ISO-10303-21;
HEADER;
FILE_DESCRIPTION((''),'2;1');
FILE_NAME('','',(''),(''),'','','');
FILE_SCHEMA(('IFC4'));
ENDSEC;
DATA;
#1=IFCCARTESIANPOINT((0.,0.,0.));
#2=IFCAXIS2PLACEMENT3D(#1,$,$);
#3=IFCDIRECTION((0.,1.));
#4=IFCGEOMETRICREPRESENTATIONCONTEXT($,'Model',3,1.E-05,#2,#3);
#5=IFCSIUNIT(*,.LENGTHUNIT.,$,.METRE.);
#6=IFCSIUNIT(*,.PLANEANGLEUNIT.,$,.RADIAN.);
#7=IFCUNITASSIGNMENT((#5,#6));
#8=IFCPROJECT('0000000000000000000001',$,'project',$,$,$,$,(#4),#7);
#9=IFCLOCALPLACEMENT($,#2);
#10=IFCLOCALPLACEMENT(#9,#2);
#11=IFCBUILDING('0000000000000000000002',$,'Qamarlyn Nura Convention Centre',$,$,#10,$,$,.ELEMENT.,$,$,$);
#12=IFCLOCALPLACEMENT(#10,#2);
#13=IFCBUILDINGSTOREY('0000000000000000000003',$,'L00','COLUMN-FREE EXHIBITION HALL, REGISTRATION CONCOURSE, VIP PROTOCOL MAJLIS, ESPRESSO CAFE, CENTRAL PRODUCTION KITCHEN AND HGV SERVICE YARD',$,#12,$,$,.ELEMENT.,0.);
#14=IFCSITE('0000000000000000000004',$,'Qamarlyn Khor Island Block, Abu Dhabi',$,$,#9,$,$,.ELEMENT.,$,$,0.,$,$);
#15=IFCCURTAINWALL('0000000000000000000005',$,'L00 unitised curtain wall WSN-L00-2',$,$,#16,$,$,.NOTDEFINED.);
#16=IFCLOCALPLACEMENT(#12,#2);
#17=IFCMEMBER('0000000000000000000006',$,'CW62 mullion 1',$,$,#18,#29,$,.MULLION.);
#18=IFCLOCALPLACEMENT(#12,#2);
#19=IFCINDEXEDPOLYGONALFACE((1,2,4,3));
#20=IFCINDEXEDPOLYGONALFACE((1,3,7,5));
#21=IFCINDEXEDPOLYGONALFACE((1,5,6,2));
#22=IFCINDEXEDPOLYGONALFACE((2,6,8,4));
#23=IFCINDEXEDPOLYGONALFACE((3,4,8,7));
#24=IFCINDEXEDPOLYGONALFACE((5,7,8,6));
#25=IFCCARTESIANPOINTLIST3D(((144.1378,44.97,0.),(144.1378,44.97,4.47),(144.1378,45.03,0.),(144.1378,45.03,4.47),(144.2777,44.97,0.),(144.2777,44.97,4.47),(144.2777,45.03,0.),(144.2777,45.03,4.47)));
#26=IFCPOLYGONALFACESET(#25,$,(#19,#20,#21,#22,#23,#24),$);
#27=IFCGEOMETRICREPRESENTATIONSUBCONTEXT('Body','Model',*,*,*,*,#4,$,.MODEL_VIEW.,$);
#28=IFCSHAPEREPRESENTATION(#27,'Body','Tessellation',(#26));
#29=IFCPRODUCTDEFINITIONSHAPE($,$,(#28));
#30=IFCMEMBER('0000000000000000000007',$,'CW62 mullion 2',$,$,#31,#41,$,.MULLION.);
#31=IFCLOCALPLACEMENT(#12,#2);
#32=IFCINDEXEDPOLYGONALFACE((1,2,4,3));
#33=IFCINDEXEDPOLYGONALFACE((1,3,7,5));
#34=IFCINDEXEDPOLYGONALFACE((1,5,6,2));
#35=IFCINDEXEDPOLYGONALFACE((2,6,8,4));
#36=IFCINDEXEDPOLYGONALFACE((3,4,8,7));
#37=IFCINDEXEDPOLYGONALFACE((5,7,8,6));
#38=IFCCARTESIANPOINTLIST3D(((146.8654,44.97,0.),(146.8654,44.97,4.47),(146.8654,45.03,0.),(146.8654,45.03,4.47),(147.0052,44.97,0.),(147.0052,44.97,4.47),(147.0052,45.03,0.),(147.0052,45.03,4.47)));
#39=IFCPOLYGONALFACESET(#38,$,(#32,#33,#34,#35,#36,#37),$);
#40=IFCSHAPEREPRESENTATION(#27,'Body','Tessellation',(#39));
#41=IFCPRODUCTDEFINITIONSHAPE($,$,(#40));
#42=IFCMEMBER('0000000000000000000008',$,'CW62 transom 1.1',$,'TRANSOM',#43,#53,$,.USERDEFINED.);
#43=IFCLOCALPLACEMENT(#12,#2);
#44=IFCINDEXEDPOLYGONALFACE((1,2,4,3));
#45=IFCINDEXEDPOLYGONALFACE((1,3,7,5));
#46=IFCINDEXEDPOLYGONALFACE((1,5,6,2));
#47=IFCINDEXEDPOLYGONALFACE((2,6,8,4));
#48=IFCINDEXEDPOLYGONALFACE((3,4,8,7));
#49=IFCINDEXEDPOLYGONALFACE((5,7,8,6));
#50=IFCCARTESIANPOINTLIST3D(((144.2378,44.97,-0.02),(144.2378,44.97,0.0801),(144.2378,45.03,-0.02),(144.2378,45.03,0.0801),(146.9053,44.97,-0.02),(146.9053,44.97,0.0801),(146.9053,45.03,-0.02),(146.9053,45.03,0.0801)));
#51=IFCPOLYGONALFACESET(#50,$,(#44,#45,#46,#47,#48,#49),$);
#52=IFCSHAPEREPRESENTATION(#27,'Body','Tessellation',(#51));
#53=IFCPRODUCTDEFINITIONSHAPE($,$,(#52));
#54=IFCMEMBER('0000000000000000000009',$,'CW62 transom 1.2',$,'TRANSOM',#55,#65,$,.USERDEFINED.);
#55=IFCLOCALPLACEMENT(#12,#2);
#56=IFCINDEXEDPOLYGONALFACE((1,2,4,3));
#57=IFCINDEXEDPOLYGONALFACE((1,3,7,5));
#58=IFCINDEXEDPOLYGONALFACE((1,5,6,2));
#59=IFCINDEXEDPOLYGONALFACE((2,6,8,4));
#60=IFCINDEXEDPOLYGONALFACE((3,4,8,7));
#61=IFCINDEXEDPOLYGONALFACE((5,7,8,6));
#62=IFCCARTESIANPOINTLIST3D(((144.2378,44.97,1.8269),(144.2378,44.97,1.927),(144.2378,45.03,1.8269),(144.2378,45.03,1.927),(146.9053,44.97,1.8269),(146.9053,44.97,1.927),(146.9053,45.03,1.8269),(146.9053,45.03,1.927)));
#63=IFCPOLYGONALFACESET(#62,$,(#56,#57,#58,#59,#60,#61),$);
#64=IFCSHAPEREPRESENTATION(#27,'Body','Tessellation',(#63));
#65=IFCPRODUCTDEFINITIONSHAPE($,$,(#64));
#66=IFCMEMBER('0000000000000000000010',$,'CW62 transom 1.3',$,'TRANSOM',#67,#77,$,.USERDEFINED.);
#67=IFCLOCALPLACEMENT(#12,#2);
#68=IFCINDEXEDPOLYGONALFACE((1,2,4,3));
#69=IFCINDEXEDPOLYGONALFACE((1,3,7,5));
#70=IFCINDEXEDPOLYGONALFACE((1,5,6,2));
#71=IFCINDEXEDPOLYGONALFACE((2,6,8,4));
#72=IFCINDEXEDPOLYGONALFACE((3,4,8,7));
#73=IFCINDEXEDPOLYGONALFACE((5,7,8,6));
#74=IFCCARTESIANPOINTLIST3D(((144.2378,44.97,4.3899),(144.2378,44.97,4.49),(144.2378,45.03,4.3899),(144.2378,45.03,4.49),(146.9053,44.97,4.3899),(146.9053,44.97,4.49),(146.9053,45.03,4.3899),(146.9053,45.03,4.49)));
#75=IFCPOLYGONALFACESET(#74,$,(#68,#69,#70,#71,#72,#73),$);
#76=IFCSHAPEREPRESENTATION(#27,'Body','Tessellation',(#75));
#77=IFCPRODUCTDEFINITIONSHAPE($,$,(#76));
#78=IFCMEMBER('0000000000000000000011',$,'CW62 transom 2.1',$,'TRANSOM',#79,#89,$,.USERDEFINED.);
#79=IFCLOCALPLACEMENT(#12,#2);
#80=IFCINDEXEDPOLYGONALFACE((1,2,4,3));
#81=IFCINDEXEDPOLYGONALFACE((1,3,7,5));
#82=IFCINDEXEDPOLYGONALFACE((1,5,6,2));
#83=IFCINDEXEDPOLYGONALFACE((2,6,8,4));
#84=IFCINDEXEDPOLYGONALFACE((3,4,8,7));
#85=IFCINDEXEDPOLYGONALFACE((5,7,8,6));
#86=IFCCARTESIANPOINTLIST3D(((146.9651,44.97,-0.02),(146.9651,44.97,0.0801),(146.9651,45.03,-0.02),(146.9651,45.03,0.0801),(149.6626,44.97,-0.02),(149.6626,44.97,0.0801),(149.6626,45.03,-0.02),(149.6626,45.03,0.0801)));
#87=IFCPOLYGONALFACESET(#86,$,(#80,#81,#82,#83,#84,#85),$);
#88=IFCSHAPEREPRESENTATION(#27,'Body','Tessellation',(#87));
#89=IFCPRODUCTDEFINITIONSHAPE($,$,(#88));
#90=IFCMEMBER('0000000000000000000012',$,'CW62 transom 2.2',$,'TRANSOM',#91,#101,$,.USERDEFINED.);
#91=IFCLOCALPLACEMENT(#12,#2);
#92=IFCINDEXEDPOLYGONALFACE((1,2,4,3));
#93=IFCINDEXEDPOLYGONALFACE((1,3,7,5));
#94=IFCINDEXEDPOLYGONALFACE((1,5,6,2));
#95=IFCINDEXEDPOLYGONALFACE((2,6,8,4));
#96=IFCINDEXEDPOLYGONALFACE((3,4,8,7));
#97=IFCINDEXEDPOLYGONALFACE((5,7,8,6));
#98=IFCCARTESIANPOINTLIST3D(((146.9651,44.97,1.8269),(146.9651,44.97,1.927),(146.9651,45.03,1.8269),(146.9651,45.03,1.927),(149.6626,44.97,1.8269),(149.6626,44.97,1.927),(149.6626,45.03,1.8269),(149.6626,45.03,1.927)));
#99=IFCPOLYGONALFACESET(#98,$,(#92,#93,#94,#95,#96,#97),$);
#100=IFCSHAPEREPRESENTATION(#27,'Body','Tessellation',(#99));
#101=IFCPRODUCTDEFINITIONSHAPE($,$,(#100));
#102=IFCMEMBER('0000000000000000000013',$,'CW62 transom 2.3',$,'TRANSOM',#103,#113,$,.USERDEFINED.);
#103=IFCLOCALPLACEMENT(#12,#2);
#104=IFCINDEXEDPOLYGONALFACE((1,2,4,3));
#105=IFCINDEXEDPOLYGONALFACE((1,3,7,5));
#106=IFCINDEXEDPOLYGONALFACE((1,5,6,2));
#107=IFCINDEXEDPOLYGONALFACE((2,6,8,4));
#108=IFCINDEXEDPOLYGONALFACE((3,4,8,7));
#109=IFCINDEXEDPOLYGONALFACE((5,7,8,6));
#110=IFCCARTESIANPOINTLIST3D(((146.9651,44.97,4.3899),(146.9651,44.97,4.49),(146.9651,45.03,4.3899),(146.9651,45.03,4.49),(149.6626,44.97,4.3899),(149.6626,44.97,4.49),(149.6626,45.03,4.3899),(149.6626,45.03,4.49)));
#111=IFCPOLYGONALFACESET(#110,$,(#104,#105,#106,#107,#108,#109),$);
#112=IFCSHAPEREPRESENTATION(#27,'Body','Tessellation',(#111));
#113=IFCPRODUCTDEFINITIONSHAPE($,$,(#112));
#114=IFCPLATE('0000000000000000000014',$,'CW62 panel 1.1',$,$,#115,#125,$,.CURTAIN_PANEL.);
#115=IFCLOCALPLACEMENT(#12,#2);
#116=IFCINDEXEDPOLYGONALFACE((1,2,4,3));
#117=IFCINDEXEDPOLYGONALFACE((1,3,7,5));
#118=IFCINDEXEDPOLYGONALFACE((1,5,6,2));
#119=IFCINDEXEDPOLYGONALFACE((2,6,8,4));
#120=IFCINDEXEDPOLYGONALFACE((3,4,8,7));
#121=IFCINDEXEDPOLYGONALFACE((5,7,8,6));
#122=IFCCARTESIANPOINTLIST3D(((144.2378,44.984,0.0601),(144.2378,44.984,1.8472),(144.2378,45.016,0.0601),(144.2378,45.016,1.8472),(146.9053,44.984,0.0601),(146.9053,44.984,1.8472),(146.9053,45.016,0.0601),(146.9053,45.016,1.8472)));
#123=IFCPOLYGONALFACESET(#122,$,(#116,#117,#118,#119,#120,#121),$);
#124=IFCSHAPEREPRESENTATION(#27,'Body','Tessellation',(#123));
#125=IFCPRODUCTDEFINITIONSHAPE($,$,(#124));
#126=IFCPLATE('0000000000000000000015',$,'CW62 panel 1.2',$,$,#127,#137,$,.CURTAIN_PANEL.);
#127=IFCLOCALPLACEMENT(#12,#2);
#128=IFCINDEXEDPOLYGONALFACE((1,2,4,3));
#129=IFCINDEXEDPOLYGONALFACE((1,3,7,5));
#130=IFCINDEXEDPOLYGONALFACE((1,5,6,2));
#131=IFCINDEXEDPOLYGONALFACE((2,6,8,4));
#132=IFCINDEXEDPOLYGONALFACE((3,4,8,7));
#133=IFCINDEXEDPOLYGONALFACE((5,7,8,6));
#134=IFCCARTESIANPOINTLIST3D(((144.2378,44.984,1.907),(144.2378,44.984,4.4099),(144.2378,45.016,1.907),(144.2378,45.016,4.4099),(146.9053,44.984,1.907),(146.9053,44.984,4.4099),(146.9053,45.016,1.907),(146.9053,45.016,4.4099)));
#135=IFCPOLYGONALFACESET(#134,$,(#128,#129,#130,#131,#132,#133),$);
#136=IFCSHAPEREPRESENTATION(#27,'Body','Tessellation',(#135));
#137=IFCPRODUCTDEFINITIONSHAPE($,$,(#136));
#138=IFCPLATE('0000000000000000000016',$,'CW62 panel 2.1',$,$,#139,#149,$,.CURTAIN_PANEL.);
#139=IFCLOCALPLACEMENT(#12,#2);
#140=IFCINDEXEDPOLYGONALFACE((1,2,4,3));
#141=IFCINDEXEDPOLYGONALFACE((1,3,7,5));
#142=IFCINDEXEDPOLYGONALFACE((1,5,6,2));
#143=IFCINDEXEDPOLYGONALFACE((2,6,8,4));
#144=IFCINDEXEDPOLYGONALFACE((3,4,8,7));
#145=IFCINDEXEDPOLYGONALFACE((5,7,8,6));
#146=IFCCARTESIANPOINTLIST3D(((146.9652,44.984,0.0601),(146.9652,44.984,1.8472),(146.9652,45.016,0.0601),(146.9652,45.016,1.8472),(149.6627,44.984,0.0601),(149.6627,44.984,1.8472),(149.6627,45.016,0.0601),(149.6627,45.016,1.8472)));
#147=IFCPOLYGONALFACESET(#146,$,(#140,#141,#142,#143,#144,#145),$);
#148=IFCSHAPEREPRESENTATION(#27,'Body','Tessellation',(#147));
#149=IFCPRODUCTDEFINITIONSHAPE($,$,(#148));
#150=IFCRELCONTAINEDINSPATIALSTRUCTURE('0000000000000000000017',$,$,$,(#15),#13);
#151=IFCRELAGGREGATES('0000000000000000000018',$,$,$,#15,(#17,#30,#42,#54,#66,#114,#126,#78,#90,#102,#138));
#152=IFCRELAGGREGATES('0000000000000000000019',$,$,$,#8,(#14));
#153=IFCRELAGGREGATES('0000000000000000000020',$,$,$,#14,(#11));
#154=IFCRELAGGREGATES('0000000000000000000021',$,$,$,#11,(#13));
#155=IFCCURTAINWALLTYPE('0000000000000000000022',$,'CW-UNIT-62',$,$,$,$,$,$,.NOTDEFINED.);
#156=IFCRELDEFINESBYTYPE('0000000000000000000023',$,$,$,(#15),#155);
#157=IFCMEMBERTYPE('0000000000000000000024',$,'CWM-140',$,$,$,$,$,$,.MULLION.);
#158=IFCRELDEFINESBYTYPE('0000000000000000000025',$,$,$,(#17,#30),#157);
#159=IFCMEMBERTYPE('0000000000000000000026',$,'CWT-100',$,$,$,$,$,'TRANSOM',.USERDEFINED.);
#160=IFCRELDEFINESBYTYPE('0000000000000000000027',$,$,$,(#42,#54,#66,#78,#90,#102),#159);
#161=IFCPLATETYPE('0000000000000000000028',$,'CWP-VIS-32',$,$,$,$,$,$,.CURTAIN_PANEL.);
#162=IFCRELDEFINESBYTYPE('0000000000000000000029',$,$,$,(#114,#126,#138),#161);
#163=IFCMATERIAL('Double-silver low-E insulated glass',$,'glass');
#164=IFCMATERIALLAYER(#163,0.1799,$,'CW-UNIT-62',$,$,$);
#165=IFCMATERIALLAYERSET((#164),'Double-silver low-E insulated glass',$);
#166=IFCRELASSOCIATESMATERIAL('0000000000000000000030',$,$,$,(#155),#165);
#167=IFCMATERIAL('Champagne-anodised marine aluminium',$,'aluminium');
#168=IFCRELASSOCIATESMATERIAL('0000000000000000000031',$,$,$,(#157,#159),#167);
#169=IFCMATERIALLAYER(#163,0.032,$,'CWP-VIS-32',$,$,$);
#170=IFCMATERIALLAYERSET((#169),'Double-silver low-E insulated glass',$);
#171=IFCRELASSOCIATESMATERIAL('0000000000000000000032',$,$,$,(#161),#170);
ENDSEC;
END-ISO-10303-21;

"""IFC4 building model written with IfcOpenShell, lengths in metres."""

from ifc_helpers import new_model, si_unit, direction, frame, origin, origin_2d, place, context, subcontext, project, spatial, rectangle, extrude, material, layer, layer_set, material_profile, profile_set, type_object, element, aggregate, save


model = new_model("IFC4")

# Units and contexts
model_context = context("Model", 3, precision=1e-05, world=origin(), true_north=direction((0.0, 1.0)))
body_context = subcontext(model_context, "Body", "Model", "MODEL_VIEW")
ifc_project = project(units=[si_unit("LENGTHUNIT", "METRE"), si_unit("PLANEANGLEUNIT", "RADIAN")], contexts=[model_context])

# Site, building, storey
site_placement = place(None, origin())
site = spatial("IfcSite", under=ifc_project, at=site_placement, Name="Qamarlyn Khor Island Block, Abu Dhabi", CompositionType="ELEMENT", RefElevation=0.0)
building_placement = place(site_placement, origin())
building = spatial("IfcBuilding", under=site, at=building_placement, Name="Qamarlyn Nura Convention Centre", CompositionType="ELEMENT")
storey_placement = place(building_placement, origin())
storey = spatial("IfcBuildingStorey", under=building, at=storey_placement, Name="L00", Description="COLUMN-FREE EXHIBITION HALL, REGISTRATION CONCOURSE, VIP PROTOCOL MAJLIS, ESPRESSO CAFE, CENTRAL PRODUCTION KITCHEN AND HGV SERVICE YARD", CompositionType="ELEMENT", Elevation=0.0)

# Curtain wall, members, plates
ifc_material_1 = material(Name="Double-silver low-E insulated glass", Category="glass")
ifc_layer_1 = layer(ifc_material_1, 0.1799, Name="CW-UNIT-62")
ifc_layer_set_1 = layer_set([ifc_layer_1], Name="Double-silver low-E insulated glass")
curtain_wall_type = type_object("IfcCurtainWallType", Name="CW-UNIT-62", PredefinedType="NOTDEFINED", material=ifc_layer_set_1)
curtain_wall_placement = place(storey_placement, origin())
curtain_wall = element("IfcCurtainWall", 1, at=curtain_wall_placement, inside=storey, type_object=curtain_wall_type, Name="L00 unitised curtain wall WSN-L00-2", PredefinedType="NOTDEFINED")
ifc_material_2 = material(Name="Champagne-anodised marine aluminium", Category="aluminium")
ifc_material_profile_1 = material_profile(ifc_material_2, rectangle(XDim=0.0601, YDim=0.1399, at=origin_2d()), Name="ALU MULLION 60x140")
ifc_profile_set_1 = profile_set([ifc_material_profile_1], Name="Champagne-anodised marine aluminium")
member_type_1 = type_object("IfcMemberType", Name="CWM-140", PredefinedType="MULLION", material=ifc_profile_set_1)
member_1_placement = place(storey_placement, frame((144.2078, 45.0, 0.0), z_axis=(0.0, 0.0, 1.0), x_axis=(0.0, 1.0, 0.0)))
member_1 = element("IfcMember", 2, at=member_1_placement, type_object=member_type_1, Name="CW62 mullion 1", PredefinedType="MULLION", context=body_context, shape_type="SweptSolid", body=[
    extrude(rectangle(XDim=0.0601, YDim=0.1399, at=origin_2d()), origin(), (0.0, 0.0, 1.0), 4.47),
])
member_2_placement = place(storey_placement, frame((146.9353, 45.0, 0.0), z_axis=(0.0, 0.0, 1.0), x_axis=(0.0, 1.0, 0.0)))
member_2 = element("IfcMember", 3, at=member_2_placement, type_object=member_type_1, Name="CW62 mullion 2", PredefinedType="MULLION", context=body_context, shape_type="SweptSolid", body=[
    extrude(rectangle(XDim=0.0601, YDim=0.1399, at=origin_2d()), origin(), (0.0, 0.0, 1.0), 4.47),
])
ifc_material_profile_2 = material_profile(ifc_material_2, rectangle(XDim=0.0601, YDim=0.1001, at=origin_2d()), Name="ALU TRANSOM 60x100")
ifc_profile_set_2 = profile_set([ifc_material_profile_2], Name="Champagne-anodised marine aluminium")
member_type_2 = type_object("IfcMemberType", Name="CWT-100", ElementType="TRANSOM", PredefinedType="USERDEFINED", material=ifc_profile_set_2)
member_3_placement = place(storey_placement, frame((144.2378, 45.0, 0.03), z_axis=(1.0, 0.0, 0.0), x_axis=(0.0, 1.0, 0.0)))
member_3 = element("IfcMember", 4, at=member_3_placement, type_object=member_type_2, Name="CW62 transom 1.1", ObjectType="TRANSOM", PredefinedType="USERDEFINED", context=body_context, shape_type="SweptSolid", body=[
    extrude(rectangle(XDim=0.0601, YDim=0.1001, at=origin_2d()), origin(), (0.0, 0.0, 1.0), 2.6675),
])
member_4_placement = place(storey_placement, frame((144.2378, 45.0, 1.877), z_axis=(1.0, 0.0, 0.0), x_axis=(0.0, 1.0, 0.0)))
member_4 = element("IfcMember", 5, at=member_4_placement, type_object=member_type_2, Name="CW62 transom 1.2", ObjectType="TRANSOM", PredefinedType="USERDEFINED", context=body_context, shape_type="SweptSolid", body=[
    extrude(rectangle(XDim=0.0601, YDim=0.1001, at=origin_2d()), origin(), (0.0, 0.0, 1.0), 2.6675),
])
member_5_placement = place(storey_placement, frame((144.2378, 45.0, 4.4399), z_axis=(1.0, 0.0, 0.0), x_axis=(0.0, 1.0, 0.0)))
member_5 = element("IfcMember", 6, at=member_5_placement, type_object=member_type_2, Name="CW62 transom 1.3", ObjectType="TRANSOM", PredefinedType="USERDEFINED", context=body_context, shape_type="SweptSolid", body=[
    extrude(rectangle(XDim=0.0601, YDim=0.1001, at=origin_2d()), origin(), (0.0, 0.0, 1.0), 2.6675),
])
member_6_placement = place(storey_placement, frame((146.9651, 45.0, 0.03), z_axis=(1.0, 0.0, 0.0), x_axis=(0.0, 1.0, 0.0)))
member_6 = element("IfcMember", 7, at=member_6_placement, type_object=member_type_2, Name="CW62 transom 2.1", ObjectType="TRANSOM", PredefinedType="USERDEFINED", context=body_context, shape_type="SweptSolid", body=[
    extrude(rectangle(XDim=0.0601, YDim=0.1001, at=origin_2d()), origin(), (0.0, 0.0, 1.0), 2.6975),
])
member_7_placement = place(storey_placement, frame((146.9651, 45.0, 1.877), z_axis=(1.0, 0.0, 0.0), x_axis=(0.0, 1.0, 0.0)))
member_7 = element("IfcMember", 8, at=member_7_placement, type_object=member_type_2, Name="CW62 transom 2.2", ObjectType="TRANSOM", PredefinedType="USERDEFINED", context=body_context, shape_type="SweptSolid", body=[
    extrude(rectangle(XDim=0.0601, YDim=0.1001, at=origin_2d()), origin(), (0.0, 0.0, 1.0), 2.6975),
])
member_8_placement = place(storey_placement, frame((146.9651, 45.0, 4.4399), z_axis=(1.0, 0.0, 0.0), x_axis=(0.0, 1.0, 0.0)))
member_8 = element("IfcMember", 9, at=member_8_placement, type_object=member_type_2, Name="CW62 transom 2.3", ObjectType="TRANSOM", PredefinedType="USERDEFINED", context=body_context, shape_type="SweptSolid", body=[
    extrude(rectangle(XDim=0.0601, YDim=0.1001, at=origin_2d()), origin(), (0.0, 0.0, 1.0), 2.6975),
])
ifc_layer_2 = layer(ifc_material_1, 0.032, Name="CWP-VIS-32")
ifc_layer_set_2 = layer_set([ifc_layer_2], Name="Double-silver low-E insulated glass")
plate_type = type_object("IfcPlateType", Name="CWP-VIS-32", PredefinedType="CURTAIN_PANEL", material=ifc_layer_set_2)
plate_1_placement = place(storey_placement, frame((145.5715, 45.0, 0.0601), z_axis=(0.0, 0.0, 1.0), x_axis=(1.0, 0.0, 0.0)))
plate_1 = element("IfcPlate", 10, at=plate_1_placement, type_object=plate_type, Name="CW62 panel 1.1", PredefinedType="CURTAIN_PANEL", context=body_context, shape_type="SweptSolid", body=[
    extrude(rectangle(XDim=2.6675, YDim=0.032, at=origin_2d()), origin(), (0.0, 0.0, 1.0), 1.7871),
])
plate_2_placement = place(storey_placement, frame((145.5715, 45.0, 1.907), z_axis=(0.0, 0.0, 1.0), x_axis=(1.0, 0.0, 0.0)))
plate_2 = element("IfcPlate", 11, at=plate_2_placement, type_object=plate_type, Name="CW62 panel 1.2", PredefinedType="CURTAIN_PANEL", context=body_context, shape_type="SweptSolid", body=[
    extrude(rectangle(XDim=2.6675, YDim=0.032, at=origin_2d()), origin(), (0.0, 0.0, 1.0), 2.5029),
])
plate_3_placement = place(storey_placement, frame((148.314, 45.0, 0.0601), z_axis=(0.0, 0.0, 1.0), x_axis=(1.0, 0.0, 0.0)))
plate_3 = element("IfcPlate", 12, at=plate_3_placement, type_object=plate_type, Name="CW62 panel 2.1", PredefinedType="CURTAIN_PANEL", context=body_context, shape_type="SweptSolid", body=[
    extrude(rectangle(XDim=2.6975, YDim=0.032, at=origin_2d()), origin(), (0.0, 0.0, 1.0), 1.7871),
])
aggregate(curtain_wall, [member_1, member_2, member_3, member_4, member_5, plate_1, plate_2, member_6, member_7, member_8, plate_3])

save(model, "model.ifc")
